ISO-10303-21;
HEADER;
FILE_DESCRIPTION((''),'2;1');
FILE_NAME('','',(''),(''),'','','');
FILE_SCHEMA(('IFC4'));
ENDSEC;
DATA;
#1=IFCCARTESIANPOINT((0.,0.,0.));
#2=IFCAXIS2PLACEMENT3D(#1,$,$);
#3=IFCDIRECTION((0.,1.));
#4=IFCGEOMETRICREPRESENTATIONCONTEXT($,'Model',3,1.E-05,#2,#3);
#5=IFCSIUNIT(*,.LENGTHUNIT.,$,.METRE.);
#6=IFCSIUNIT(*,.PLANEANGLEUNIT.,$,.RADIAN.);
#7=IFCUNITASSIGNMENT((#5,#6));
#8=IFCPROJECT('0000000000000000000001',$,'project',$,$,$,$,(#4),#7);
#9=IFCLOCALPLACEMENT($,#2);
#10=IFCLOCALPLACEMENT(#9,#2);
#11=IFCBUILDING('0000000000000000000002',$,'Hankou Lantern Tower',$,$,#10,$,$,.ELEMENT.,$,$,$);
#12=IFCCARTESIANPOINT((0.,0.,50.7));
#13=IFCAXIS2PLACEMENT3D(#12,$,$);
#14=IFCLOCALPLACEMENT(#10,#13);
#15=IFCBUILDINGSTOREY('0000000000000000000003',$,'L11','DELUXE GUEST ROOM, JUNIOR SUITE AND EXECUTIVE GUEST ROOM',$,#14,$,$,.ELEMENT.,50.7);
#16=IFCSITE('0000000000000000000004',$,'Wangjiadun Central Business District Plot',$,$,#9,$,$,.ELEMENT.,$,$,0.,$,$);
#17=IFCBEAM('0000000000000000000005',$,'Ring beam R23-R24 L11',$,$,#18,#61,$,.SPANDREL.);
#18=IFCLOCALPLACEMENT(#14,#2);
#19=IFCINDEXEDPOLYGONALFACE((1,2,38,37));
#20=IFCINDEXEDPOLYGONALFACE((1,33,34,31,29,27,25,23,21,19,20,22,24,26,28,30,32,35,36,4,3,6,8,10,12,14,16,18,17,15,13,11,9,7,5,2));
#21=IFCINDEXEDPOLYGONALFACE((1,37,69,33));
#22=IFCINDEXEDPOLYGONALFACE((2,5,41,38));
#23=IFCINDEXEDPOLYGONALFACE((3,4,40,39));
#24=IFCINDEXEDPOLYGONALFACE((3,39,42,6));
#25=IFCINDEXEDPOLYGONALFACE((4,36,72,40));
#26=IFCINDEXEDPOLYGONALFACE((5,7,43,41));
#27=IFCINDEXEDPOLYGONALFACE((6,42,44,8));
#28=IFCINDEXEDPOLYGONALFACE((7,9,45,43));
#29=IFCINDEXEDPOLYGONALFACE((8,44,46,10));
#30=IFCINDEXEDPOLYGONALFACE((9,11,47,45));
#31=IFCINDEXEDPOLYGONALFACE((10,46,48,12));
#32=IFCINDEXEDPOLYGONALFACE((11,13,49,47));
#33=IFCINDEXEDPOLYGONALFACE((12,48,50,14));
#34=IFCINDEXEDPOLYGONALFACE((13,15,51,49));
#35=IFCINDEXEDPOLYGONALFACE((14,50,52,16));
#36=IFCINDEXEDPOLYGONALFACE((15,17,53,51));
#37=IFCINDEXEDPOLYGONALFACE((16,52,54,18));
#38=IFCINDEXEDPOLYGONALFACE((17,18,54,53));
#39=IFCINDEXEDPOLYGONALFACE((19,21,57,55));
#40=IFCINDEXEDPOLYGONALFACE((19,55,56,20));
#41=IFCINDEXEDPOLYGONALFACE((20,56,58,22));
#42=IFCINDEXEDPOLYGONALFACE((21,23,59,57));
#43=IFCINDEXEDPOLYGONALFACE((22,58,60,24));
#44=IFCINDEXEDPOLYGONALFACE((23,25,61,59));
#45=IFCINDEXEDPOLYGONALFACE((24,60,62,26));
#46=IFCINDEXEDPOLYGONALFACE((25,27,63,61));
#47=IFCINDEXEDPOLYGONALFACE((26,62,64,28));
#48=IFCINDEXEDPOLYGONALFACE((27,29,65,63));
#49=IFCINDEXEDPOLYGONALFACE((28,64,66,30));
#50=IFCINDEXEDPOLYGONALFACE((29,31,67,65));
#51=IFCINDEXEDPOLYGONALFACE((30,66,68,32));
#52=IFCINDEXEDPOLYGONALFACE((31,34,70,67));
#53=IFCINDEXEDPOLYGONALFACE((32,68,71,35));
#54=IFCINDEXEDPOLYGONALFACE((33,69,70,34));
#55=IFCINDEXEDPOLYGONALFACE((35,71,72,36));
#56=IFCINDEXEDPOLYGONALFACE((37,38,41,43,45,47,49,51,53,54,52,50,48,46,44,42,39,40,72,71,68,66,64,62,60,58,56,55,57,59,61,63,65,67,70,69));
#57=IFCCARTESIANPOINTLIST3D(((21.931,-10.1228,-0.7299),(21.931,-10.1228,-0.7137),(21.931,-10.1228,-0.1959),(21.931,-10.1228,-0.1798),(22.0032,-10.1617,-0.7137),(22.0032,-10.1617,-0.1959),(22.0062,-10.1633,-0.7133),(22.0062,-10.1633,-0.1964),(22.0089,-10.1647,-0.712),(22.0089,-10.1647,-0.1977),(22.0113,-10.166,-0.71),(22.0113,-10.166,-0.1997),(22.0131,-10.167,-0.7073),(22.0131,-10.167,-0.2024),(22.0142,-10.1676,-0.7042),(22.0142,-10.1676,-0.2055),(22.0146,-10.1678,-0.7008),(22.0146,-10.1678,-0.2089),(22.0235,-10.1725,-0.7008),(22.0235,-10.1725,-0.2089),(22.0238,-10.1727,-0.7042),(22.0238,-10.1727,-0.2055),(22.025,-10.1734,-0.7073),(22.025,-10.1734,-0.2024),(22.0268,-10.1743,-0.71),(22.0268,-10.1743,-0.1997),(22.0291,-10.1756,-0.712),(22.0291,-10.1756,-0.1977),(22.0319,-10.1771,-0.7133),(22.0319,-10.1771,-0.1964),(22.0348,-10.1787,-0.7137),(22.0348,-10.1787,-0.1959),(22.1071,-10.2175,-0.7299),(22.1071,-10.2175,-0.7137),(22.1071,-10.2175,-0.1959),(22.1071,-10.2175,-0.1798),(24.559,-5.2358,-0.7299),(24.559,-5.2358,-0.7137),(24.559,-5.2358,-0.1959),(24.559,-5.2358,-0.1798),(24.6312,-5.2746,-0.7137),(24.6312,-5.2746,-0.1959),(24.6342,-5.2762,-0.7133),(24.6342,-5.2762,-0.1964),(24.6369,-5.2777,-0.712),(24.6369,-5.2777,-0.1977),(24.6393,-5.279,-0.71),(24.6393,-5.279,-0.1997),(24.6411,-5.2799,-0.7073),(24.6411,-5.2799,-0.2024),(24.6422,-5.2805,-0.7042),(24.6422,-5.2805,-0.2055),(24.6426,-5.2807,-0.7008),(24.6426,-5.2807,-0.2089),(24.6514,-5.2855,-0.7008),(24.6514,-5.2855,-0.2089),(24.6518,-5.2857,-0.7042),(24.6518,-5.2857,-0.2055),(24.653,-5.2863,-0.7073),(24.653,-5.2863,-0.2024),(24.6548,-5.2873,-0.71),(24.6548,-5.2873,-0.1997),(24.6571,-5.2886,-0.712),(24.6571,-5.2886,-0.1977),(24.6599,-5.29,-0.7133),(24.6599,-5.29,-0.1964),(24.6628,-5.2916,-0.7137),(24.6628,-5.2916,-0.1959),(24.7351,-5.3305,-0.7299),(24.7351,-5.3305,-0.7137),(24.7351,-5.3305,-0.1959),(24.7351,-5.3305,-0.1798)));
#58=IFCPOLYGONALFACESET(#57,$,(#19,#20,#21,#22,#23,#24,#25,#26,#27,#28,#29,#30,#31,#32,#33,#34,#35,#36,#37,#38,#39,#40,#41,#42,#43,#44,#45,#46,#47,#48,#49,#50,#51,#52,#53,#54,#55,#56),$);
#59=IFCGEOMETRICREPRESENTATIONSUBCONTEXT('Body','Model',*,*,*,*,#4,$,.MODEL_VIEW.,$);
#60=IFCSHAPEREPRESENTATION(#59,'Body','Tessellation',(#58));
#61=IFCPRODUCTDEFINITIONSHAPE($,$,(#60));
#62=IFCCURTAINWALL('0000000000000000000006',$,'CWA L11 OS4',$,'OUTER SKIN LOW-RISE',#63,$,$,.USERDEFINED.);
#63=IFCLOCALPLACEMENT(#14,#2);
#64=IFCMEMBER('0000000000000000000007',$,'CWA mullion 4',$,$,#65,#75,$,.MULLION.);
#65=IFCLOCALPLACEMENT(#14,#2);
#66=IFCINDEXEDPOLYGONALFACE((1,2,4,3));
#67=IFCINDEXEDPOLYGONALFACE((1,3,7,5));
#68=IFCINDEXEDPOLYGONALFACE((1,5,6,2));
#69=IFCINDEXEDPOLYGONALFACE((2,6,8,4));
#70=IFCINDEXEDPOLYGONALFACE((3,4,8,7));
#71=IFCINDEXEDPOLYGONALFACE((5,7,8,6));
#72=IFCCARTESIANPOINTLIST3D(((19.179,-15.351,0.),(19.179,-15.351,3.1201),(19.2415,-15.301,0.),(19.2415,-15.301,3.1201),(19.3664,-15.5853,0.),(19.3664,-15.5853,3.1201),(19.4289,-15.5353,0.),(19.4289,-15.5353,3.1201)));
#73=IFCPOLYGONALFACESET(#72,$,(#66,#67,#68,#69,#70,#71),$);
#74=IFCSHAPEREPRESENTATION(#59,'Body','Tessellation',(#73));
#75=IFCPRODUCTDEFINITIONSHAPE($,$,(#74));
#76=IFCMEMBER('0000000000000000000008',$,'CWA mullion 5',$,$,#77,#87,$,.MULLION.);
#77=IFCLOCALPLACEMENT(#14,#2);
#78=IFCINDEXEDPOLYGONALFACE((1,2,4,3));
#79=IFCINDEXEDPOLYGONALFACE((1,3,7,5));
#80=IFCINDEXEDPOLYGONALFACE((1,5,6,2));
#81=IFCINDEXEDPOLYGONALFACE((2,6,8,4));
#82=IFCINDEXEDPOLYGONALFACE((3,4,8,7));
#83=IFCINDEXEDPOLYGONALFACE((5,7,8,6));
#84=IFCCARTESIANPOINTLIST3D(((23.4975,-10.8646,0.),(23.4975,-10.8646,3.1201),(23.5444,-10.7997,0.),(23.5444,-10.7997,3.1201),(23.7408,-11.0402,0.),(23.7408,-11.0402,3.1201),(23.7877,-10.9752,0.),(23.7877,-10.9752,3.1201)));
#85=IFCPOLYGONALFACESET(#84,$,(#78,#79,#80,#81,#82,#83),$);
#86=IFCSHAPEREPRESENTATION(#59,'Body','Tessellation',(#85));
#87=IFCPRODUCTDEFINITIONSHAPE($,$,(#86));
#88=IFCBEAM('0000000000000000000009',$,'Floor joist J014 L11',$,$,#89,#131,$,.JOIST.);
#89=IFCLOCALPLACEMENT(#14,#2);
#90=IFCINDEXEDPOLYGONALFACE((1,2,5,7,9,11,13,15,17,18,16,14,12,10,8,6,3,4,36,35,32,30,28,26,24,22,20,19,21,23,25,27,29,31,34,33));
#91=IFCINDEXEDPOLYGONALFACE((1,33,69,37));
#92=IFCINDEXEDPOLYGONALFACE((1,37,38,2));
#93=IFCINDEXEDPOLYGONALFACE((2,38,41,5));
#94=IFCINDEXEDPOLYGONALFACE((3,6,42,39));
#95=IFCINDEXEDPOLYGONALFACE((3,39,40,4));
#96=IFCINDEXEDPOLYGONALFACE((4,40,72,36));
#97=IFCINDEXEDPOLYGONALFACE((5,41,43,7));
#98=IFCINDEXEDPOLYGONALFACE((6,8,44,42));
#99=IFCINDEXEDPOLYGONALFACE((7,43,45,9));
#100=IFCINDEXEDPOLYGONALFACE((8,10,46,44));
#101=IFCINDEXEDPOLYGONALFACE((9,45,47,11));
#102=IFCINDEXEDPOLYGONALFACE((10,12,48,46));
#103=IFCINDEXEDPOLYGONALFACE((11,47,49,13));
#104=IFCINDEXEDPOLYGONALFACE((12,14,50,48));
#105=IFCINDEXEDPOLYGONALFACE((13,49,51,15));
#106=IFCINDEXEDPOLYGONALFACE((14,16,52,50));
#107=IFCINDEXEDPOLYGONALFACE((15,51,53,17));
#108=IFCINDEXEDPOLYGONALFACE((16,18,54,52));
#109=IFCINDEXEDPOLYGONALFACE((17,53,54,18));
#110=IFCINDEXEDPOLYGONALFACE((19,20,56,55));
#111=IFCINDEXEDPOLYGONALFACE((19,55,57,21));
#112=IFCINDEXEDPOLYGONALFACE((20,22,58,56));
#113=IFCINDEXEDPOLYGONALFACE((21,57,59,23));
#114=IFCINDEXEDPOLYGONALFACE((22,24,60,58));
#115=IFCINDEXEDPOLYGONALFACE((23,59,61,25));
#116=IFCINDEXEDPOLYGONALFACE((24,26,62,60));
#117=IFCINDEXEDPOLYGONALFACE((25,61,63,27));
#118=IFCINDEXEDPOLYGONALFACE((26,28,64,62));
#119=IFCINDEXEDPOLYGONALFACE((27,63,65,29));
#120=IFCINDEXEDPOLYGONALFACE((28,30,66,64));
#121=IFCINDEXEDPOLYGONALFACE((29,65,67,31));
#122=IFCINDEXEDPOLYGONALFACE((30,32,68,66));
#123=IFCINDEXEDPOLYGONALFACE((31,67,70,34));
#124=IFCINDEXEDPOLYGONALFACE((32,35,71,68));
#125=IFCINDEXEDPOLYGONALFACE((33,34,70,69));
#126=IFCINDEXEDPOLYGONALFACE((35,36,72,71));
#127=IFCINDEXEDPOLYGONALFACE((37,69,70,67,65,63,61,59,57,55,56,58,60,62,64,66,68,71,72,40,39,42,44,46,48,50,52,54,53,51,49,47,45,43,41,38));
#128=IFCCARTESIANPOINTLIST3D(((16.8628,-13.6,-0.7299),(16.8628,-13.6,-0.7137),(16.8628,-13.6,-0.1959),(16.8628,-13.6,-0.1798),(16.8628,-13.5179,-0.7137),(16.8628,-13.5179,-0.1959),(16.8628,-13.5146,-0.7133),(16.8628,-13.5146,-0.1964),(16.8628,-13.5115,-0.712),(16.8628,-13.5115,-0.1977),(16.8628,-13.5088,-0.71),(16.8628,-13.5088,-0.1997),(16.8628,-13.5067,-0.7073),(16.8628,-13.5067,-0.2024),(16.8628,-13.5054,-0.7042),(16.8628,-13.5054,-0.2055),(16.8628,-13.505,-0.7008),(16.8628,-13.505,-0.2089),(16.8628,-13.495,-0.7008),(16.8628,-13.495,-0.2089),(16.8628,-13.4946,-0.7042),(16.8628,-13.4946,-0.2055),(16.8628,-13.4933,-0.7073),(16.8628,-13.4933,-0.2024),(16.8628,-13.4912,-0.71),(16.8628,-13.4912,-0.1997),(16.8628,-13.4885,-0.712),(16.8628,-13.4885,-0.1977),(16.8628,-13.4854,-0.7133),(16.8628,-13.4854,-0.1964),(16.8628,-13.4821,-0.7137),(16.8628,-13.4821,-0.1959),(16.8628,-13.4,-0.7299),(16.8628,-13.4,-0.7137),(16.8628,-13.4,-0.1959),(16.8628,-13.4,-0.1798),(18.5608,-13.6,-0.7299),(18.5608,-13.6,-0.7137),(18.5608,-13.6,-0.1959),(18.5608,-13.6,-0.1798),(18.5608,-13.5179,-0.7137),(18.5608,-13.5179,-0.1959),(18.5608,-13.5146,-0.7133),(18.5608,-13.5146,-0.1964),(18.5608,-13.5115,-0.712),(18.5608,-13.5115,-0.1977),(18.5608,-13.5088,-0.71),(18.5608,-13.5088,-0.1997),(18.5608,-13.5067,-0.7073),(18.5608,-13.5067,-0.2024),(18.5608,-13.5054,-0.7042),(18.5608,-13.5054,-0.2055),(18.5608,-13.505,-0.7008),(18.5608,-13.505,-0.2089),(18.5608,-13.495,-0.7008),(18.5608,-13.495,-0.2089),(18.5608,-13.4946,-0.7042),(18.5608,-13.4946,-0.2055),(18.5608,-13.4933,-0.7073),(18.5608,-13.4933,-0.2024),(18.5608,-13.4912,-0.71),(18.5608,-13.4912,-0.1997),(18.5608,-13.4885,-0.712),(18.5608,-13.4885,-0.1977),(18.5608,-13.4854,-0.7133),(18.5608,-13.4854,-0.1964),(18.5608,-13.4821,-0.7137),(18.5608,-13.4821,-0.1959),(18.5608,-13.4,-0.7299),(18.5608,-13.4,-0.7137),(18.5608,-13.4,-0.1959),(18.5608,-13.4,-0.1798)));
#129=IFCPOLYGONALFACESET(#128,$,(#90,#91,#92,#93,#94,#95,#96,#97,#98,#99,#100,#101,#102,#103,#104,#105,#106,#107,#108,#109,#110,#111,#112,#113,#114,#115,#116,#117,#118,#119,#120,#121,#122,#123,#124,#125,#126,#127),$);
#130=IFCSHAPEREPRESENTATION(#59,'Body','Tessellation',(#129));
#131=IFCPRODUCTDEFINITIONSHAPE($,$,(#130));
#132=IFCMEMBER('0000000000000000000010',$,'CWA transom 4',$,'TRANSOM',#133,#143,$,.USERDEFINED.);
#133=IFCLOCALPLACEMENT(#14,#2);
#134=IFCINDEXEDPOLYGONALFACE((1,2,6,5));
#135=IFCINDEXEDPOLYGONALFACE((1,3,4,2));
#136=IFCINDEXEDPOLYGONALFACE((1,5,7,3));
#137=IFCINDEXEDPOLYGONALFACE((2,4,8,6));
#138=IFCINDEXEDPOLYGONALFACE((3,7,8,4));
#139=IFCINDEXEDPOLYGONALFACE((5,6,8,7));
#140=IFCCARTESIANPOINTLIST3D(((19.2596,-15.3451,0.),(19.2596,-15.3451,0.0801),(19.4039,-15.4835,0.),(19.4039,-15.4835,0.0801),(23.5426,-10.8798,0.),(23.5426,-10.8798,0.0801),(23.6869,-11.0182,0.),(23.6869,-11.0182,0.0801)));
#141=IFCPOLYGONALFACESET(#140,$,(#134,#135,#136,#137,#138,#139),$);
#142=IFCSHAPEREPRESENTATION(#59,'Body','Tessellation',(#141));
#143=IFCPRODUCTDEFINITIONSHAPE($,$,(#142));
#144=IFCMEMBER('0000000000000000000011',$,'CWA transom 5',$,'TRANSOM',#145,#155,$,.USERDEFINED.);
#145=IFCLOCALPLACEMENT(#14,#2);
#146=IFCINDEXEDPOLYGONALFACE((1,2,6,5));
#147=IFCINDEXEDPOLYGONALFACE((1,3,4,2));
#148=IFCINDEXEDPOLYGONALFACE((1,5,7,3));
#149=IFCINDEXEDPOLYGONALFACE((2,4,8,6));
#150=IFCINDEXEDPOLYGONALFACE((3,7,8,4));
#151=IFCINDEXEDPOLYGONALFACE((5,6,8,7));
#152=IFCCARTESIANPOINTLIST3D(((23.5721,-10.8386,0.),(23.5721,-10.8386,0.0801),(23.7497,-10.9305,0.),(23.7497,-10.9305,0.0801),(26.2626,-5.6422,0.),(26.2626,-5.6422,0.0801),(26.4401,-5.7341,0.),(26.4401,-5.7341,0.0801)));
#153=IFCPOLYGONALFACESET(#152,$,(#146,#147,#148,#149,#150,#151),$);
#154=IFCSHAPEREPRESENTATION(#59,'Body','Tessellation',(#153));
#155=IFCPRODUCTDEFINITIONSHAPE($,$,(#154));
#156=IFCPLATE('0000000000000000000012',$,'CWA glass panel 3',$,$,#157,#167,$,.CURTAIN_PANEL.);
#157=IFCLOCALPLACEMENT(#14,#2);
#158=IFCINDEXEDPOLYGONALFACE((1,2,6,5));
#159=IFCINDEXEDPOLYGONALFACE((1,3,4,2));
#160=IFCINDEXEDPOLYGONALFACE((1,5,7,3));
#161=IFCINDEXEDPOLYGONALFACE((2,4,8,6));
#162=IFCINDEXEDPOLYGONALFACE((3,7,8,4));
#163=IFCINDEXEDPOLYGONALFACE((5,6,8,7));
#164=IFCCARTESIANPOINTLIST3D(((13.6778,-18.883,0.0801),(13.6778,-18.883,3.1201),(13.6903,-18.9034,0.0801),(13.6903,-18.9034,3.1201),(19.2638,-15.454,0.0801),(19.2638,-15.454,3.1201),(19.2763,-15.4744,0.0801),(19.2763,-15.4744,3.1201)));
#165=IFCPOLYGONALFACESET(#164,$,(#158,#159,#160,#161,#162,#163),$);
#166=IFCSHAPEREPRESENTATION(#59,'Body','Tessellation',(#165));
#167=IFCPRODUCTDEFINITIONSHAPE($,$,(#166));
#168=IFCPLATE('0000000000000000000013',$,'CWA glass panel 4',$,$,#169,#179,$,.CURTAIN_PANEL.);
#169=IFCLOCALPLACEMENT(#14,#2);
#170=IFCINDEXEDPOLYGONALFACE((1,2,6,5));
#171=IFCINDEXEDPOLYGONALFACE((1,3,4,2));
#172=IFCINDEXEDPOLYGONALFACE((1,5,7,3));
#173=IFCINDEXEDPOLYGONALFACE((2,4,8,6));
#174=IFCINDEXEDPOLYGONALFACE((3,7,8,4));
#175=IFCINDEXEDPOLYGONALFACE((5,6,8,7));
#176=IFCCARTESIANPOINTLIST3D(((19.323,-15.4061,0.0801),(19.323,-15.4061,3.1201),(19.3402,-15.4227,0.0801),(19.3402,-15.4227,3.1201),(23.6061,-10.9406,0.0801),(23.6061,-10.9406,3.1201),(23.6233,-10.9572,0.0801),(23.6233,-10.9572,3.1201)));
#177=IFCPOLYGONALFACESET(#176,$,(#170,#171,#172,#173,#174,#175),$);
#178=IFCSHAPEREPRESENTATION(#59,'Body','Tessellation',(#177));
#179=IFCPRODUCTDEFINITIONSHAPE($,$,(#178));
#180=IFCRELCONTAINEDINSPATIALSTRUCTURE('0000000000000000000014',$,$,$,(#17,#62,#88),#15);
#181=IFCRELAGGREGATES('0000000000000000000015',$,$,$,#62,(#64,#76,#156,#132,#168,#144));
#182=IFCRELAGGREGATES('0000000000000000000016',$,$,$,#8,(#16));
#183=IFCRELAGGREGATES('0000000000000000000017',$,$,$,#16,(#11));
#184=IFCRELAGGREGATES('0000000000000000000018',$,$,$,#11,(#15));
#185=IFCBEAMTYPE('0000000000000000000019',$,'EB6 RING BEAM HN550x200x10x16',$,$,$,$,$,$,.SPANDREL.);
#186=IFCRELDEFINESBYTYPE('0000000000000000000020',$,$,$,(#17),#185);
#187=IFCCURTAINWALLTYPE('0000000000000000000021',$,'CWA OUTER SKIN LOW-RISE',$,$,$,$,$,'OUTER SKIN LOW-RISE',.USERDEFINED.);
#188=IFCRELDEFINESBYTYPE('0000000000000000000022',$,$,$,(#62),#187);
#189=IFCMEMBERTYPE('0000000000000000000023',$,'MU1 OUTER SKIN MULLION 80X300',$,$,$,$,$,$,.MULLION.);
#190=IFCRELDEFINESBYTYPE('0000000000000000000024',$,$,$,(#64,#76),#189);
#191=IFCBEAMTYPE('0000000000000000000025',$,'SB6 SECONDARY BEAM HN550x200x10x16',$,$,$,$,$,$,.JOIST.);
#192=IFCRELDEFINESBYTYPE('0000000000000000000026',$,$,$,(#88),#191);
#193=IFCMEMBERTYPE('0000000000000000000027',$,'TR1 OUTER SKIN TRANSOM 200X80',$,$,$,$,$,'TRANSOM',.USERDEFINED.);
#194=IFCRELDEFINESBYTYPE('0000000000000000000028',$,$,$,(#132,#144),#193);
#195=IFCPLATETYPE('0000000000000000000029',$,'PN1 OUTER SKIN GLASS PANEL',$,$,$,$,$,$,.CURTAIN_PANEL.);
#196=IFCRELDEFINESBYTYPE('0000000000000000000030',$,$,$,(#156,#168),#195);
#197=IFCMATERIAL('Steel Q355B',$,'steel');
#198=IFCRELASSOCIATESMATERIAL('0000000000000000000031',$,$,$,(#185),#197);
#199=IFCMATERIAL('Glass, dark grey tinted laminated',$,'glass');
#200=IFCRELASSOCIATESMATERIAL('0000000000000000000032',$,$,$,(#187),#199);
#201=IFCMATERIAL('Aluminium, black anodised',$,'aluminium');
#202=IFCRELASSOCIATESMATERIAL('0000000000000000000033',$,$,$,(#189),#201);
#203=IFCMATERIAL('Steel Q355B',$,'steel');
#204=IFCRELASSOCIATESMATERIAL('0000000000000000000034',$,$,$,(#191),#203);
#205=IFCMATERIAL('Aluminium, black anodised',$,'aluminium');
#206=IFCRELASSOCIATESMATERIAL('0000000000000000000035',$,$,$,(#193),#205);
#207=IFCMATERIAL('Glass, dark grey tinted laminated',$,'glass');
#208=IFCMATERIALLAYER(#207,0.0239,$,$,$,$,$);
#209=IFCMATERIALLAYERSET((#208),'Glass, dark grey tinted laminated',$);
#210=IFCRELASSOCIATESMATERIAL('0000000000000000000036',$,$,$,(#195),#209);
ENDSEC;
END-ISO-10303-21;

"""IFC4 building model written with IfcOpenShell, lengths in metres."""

from ifc_helpers import new_model, si_unit, direction, frame, origin, origin_2d, place, context, subcontext, project, spatial, rectangle, i_section, extrude, material, layer, layer_set, material_profile, profile_set, type_object, element, aggregate, save


model = new_model("IFC4")

# Units and contexts
model_context = context("Model", 3, precision=1e-05, world=origin(), true_north=direction((0.0, 1.0)))
body_context = subcontext(model_context, "Body", "Model", "MODEL_VIEW")
ifc_project = project(units=[si_unit("LENGTHUNIT", "METRE"), si_unit("PLANEANGLEUNIT", "RADIAN")], contexts=[model_context])

# Site, building, storey
site_placement = place(None, origin())
site = spatial("IfcSite", under=ifc_project, at=site_placement, Name="Wangjiadun Central Business District Plot", CompositionType="ELEMENT", RefElevation=0.0)
building_placement = place(site_placement, origin())
building = spatial("IfcBuilding", under=site, at=building_placement, Name="Hankou Lantern Tower", CompositionType="ELEMENT")
storey_placement = place(building_placement, frame((0.0, 0.0, 50.7)))
storey = spatial("IfcBuildingStorey", under=building, at=storey_placement, Name="L11", Description="DELUXE GUEST ROOM, JUNIOR SUITE AND EXECUTIVE GUEST ROOM", CompositionType="ELEMENT", Elevation=50.7)

# Beam
ifc_material_1 = material(Name="Steel Q355B", Category="steel")
ifc_material_profile_1 = material_profile(ifc_material_1, i_section(OverallWidth=0.2, OverallDepth=0.55, WebThickness=0.01, FlangeThickness=0.0161, FilletRadius=0.0129, at=origin_2d()), Name="HN550x200x10x16")
ifc_profile_set_1 = profile_set([ifc_material_profile_1], Name="Steel Q355B")
beam_type_1 = type_object("IfcBeamType", Name="EB6 RING BEAM HN550x200x10x16", PredefinedType="SPANDREL", material=ifc_profile_set_1)
beam_1_placement = place(storey_placement, frame((22.019, -10.1702, -0.4548), z_axis=(0.473609, 0.880735, 0.0), x_axis=(-0.880735, 0.473609, 0.0)))
element("IfcBeam", 1, at=beam_1_placement, inside=storey, type_object=beam_type_1, Name="Ring beam R23-R24 L11", PredefinedType="SPANDREL", context=body_context, shape_type="SweptSolid", body=[
    extrude(i_section(OverallWidth=0.2, OverallDepth=0.55, WebThickness=0.01, FlangeThickness=0.0161, FilletRadius=0.0129, at=origin_2d()), origin(), (0.0, 0.0, 1.0), 5.5488),
])

# Curtain wall, members
ifc_material_2 = material(Name="Glass, dark grey tinted laminated", Category="glass")
curtain_wall_type = type_object("IfcCurtainWallType", Name="CWA OUTER SKIN LOW-RISE", ElementType="OUTER SKIN LOW-RISE", PredefinedType="USERDEFINED", material=ifc_material_2)
curtain_wall_placement = place(storey_placement, origin())
curtain_wall = element("IfcCurtainWall", 2, at=curtain_wall_placement, inside=storey, type_object=curtain_wall_type, Name="CWA L11 OS4", ObjectType="OUTER SKIN LOW-RISE", PredefinedType="USERDEFINED")
ifc_material_3 = material(Name="Aluminium, black anodised", Category="aluminium")
ifc_material_profile_2 = material_profile(ifc_material_3, rectangle(XDim=0.0801, YDim=0.3, at=origin_2d()), Name="MU1 80X300")
ifc_profile_set_2 = profile_set([ifc_material_profile_2], Name="Aluminium, black anodised")
member_type_1 = type_object("IfcMemberType", Name="MU1 OUTER SKIN MULLION 80X300", PredefinedType="MULLION", material=ifc_profile_set_2)
member_1_placement = place(storey_placement, frame((19.304, -15.4431, 0.0), z_axis=(0.0, 0.0, 1.0), x_axis=(0.780869, 0.624695, 0.0)))
member_1 = element("IfcMember", 3, at=member_1_placement, type_object=member_type_1, Name="CWA mullion 4", PredefinedType="MULLION", context=body_context, shape_type="SweptSolid", body=[
    extrude(rectangle(XDim=0.0801, YDim=0.3, at=origin_2d()), origin(), (0.0, 0.0, 1.0), 3.1201),
])
member_2_placement = place(storey_placement, frame((23.6426, -10.9199, 0.0), z_axis=(0.0, 0.0, 1.0), x_axis=(0.585206, 0.810885, 0.0)))
member_2 = element("IfcMember", 4, at=member_2_placement, type_object=member_type_1, Name="CWA mullion 5", PredefinedType="MULLION", context=body_context, shape_type="SweptSolid", body=[
    extrude(rectangle(XDim=0.0801, YDim=0.3, at=origin_2d()), origin(), (0.0, 0.0, 1.0), 3.1201),
])

# Beam
ifc_material_4 = material(Name="Steel Q355B", Category="steel")
ifc_material_profile_3 = material_profile(ifc_material_4, i_section(OverallWidth=0.2, OverallDepth=0.55, WebThickness=0.01, FlangeThickness=0.0161, FilletRadius=0.0129, at=origin_2d()), Name="HN550x200x10x16")
ifc_profile_set_3 = profile_set([ifc_material_profile_3], Name="Steel Q355B")
beam_type_2 = type_object("IfcBeamType", Name="SB6 SECONDARY BEAM HN550x200x10x16", PredefinedType="JOIST", material=ifc_profile_set_3)
beam_2_placement = place(storey_placement, frame((16.8628, -13.5, -0.4548), z_axis=(1.0, 0.0, 0.0), x_axis=(0.0, 1.0, 0.0)))
element("IfcBeam", 5, at=beam_2_placement, inside=storey, type_object=beam_type_2, Name="Floor joist J014 L11", PredefinedType="JOIST", context=body_context, shape_type="SweptSolid", body=[
    extrude(i_section(OverallWidth=0.2, OverallDepth=0.55, WebThickness=0.01, FlangeThickness=0.0161, FilletRadius=0.0129, at=origin_2d()), origin(), (0.0, 0.0, 1.0), 1.698),
])

# Members
ifc_material_5 = material(Name="Aluminium, black anodised", Category="aluminium")
ifc_material_profile_4 = material_profile(ifc_material_5, rectangle(XDim=0.2, YDim=0.0801, at=origin_2d()), Name="TR1 200X80")
ifc_profile_set_4 = profile_set([ifc_material_profile_4], Name="Aluminium, black anodised")
member_type_2 = type_object("IfcMemberType", Name="TR1 OUTER SKIN TRANSOM 200X80", ElementType="TRANSOM", PredefinedType="USERDEFINED", material=ifc_profile_set_4)
member_3_placement = place(storey_placement, frame((19.3318, -15.4143, 0.04), z_axis=(0.692216, 0.721691, 0.0), x_axis=(-0.721691, 0.692216, 0.0)))
member_3 = element("IfcMember", 6, at=member_3_placement, type_object=member_type_2, Name="CWA transom 4", ObjectType="TRANSOM", PredefinedType="USERDEFINED", context=body_context, shape_type="SweptSolid", body=[
    extrude(rectangle(XDim=0.2, YDim=0.0801, at=origin_2d()), origin(), (0.0, 0.0, 1.0), 6.1873),
])
member_4_placement = place(storey_placement, frame((23.6609, -10.8845, 0.04), z_axis=(0.459786, 0.88803, 0.0), x_axis=(-0.88803, 0.459786, 0.0)))
member_4 = element("IfcMember", 7, at=member_4_placement, type_object=member_type_2, Name="CWA transom 5", ObjectType="TRANSOM", PredefinedType="USERDEFINED", context=body_context, shape_type="SweptSolid", body=[
    extrude(rectangle(XDim=0.2, YDim=0.0801, at=origin_2d()), origin(), (0.0, 0.0, 1.0), 5.8516),
])

# Plates
ifc_material_6 = material(Name="Glass, dark grey tinted laminated", Category="glass")
ifc_layer_1 = layer(ifc_material_6, 0.0239)
ifc_layer_set_1 = layer_set([ifc_layer_1], Name="Glass, dark grey tinted laminated")
plate_type = type_object("IfcPlateType", Name="PN1 OUTER SKIN GLASS PANEL", PredefinedType="CURTAIN_PANEL", material=ifc_layer_set_1)
plate_1_placement = place(storey_placement, frame((16.4771, -17.1787, 0.0801), z_axis=(0.0, 0.0, 1.0), x_axis=(0.852237, 0.523156, 0.0)))
plate_1 = element("IfcPlate", 8, at=plate_1_placement, type_object=plate_type, Name="CWA glass panel 3", PredefinedType="CURTAIN_PANEL", context=body_context, shape_type="SweptSolid", body=[
    extrude(rectangle(XDim=6.5544, YDim=0.0239, at=origin_2d()), origin(), (0.0, 0.0, 1.0), 3.04),
])
plate_2_placement = place(storey_placement, frame((21.4731, -13.1816, 0.0801), z_axis=(0.0, 0.0, 1.0), x_axis=(0.692216, 0.721691, 0.0)))
plate_2 = element("IfcPlate", 9, at=plate_2_placement, type_object=plate_type, Name="CWA glass panel 4", PredefinedType="CURTAIN_PANEL", context=body_context, shape_type="SweptSolid", body=[
    extrude(rectangle(XDim=6.1875, YDim=0.0239, at=origin_2d()), origin(), (0.0, 0.0, 1.0), 3.04),
])
aggregate(curtain_wall, [member_1, member_2, plate_1, member_3, plate_2, member_4])

save(model, "model.ifc")
